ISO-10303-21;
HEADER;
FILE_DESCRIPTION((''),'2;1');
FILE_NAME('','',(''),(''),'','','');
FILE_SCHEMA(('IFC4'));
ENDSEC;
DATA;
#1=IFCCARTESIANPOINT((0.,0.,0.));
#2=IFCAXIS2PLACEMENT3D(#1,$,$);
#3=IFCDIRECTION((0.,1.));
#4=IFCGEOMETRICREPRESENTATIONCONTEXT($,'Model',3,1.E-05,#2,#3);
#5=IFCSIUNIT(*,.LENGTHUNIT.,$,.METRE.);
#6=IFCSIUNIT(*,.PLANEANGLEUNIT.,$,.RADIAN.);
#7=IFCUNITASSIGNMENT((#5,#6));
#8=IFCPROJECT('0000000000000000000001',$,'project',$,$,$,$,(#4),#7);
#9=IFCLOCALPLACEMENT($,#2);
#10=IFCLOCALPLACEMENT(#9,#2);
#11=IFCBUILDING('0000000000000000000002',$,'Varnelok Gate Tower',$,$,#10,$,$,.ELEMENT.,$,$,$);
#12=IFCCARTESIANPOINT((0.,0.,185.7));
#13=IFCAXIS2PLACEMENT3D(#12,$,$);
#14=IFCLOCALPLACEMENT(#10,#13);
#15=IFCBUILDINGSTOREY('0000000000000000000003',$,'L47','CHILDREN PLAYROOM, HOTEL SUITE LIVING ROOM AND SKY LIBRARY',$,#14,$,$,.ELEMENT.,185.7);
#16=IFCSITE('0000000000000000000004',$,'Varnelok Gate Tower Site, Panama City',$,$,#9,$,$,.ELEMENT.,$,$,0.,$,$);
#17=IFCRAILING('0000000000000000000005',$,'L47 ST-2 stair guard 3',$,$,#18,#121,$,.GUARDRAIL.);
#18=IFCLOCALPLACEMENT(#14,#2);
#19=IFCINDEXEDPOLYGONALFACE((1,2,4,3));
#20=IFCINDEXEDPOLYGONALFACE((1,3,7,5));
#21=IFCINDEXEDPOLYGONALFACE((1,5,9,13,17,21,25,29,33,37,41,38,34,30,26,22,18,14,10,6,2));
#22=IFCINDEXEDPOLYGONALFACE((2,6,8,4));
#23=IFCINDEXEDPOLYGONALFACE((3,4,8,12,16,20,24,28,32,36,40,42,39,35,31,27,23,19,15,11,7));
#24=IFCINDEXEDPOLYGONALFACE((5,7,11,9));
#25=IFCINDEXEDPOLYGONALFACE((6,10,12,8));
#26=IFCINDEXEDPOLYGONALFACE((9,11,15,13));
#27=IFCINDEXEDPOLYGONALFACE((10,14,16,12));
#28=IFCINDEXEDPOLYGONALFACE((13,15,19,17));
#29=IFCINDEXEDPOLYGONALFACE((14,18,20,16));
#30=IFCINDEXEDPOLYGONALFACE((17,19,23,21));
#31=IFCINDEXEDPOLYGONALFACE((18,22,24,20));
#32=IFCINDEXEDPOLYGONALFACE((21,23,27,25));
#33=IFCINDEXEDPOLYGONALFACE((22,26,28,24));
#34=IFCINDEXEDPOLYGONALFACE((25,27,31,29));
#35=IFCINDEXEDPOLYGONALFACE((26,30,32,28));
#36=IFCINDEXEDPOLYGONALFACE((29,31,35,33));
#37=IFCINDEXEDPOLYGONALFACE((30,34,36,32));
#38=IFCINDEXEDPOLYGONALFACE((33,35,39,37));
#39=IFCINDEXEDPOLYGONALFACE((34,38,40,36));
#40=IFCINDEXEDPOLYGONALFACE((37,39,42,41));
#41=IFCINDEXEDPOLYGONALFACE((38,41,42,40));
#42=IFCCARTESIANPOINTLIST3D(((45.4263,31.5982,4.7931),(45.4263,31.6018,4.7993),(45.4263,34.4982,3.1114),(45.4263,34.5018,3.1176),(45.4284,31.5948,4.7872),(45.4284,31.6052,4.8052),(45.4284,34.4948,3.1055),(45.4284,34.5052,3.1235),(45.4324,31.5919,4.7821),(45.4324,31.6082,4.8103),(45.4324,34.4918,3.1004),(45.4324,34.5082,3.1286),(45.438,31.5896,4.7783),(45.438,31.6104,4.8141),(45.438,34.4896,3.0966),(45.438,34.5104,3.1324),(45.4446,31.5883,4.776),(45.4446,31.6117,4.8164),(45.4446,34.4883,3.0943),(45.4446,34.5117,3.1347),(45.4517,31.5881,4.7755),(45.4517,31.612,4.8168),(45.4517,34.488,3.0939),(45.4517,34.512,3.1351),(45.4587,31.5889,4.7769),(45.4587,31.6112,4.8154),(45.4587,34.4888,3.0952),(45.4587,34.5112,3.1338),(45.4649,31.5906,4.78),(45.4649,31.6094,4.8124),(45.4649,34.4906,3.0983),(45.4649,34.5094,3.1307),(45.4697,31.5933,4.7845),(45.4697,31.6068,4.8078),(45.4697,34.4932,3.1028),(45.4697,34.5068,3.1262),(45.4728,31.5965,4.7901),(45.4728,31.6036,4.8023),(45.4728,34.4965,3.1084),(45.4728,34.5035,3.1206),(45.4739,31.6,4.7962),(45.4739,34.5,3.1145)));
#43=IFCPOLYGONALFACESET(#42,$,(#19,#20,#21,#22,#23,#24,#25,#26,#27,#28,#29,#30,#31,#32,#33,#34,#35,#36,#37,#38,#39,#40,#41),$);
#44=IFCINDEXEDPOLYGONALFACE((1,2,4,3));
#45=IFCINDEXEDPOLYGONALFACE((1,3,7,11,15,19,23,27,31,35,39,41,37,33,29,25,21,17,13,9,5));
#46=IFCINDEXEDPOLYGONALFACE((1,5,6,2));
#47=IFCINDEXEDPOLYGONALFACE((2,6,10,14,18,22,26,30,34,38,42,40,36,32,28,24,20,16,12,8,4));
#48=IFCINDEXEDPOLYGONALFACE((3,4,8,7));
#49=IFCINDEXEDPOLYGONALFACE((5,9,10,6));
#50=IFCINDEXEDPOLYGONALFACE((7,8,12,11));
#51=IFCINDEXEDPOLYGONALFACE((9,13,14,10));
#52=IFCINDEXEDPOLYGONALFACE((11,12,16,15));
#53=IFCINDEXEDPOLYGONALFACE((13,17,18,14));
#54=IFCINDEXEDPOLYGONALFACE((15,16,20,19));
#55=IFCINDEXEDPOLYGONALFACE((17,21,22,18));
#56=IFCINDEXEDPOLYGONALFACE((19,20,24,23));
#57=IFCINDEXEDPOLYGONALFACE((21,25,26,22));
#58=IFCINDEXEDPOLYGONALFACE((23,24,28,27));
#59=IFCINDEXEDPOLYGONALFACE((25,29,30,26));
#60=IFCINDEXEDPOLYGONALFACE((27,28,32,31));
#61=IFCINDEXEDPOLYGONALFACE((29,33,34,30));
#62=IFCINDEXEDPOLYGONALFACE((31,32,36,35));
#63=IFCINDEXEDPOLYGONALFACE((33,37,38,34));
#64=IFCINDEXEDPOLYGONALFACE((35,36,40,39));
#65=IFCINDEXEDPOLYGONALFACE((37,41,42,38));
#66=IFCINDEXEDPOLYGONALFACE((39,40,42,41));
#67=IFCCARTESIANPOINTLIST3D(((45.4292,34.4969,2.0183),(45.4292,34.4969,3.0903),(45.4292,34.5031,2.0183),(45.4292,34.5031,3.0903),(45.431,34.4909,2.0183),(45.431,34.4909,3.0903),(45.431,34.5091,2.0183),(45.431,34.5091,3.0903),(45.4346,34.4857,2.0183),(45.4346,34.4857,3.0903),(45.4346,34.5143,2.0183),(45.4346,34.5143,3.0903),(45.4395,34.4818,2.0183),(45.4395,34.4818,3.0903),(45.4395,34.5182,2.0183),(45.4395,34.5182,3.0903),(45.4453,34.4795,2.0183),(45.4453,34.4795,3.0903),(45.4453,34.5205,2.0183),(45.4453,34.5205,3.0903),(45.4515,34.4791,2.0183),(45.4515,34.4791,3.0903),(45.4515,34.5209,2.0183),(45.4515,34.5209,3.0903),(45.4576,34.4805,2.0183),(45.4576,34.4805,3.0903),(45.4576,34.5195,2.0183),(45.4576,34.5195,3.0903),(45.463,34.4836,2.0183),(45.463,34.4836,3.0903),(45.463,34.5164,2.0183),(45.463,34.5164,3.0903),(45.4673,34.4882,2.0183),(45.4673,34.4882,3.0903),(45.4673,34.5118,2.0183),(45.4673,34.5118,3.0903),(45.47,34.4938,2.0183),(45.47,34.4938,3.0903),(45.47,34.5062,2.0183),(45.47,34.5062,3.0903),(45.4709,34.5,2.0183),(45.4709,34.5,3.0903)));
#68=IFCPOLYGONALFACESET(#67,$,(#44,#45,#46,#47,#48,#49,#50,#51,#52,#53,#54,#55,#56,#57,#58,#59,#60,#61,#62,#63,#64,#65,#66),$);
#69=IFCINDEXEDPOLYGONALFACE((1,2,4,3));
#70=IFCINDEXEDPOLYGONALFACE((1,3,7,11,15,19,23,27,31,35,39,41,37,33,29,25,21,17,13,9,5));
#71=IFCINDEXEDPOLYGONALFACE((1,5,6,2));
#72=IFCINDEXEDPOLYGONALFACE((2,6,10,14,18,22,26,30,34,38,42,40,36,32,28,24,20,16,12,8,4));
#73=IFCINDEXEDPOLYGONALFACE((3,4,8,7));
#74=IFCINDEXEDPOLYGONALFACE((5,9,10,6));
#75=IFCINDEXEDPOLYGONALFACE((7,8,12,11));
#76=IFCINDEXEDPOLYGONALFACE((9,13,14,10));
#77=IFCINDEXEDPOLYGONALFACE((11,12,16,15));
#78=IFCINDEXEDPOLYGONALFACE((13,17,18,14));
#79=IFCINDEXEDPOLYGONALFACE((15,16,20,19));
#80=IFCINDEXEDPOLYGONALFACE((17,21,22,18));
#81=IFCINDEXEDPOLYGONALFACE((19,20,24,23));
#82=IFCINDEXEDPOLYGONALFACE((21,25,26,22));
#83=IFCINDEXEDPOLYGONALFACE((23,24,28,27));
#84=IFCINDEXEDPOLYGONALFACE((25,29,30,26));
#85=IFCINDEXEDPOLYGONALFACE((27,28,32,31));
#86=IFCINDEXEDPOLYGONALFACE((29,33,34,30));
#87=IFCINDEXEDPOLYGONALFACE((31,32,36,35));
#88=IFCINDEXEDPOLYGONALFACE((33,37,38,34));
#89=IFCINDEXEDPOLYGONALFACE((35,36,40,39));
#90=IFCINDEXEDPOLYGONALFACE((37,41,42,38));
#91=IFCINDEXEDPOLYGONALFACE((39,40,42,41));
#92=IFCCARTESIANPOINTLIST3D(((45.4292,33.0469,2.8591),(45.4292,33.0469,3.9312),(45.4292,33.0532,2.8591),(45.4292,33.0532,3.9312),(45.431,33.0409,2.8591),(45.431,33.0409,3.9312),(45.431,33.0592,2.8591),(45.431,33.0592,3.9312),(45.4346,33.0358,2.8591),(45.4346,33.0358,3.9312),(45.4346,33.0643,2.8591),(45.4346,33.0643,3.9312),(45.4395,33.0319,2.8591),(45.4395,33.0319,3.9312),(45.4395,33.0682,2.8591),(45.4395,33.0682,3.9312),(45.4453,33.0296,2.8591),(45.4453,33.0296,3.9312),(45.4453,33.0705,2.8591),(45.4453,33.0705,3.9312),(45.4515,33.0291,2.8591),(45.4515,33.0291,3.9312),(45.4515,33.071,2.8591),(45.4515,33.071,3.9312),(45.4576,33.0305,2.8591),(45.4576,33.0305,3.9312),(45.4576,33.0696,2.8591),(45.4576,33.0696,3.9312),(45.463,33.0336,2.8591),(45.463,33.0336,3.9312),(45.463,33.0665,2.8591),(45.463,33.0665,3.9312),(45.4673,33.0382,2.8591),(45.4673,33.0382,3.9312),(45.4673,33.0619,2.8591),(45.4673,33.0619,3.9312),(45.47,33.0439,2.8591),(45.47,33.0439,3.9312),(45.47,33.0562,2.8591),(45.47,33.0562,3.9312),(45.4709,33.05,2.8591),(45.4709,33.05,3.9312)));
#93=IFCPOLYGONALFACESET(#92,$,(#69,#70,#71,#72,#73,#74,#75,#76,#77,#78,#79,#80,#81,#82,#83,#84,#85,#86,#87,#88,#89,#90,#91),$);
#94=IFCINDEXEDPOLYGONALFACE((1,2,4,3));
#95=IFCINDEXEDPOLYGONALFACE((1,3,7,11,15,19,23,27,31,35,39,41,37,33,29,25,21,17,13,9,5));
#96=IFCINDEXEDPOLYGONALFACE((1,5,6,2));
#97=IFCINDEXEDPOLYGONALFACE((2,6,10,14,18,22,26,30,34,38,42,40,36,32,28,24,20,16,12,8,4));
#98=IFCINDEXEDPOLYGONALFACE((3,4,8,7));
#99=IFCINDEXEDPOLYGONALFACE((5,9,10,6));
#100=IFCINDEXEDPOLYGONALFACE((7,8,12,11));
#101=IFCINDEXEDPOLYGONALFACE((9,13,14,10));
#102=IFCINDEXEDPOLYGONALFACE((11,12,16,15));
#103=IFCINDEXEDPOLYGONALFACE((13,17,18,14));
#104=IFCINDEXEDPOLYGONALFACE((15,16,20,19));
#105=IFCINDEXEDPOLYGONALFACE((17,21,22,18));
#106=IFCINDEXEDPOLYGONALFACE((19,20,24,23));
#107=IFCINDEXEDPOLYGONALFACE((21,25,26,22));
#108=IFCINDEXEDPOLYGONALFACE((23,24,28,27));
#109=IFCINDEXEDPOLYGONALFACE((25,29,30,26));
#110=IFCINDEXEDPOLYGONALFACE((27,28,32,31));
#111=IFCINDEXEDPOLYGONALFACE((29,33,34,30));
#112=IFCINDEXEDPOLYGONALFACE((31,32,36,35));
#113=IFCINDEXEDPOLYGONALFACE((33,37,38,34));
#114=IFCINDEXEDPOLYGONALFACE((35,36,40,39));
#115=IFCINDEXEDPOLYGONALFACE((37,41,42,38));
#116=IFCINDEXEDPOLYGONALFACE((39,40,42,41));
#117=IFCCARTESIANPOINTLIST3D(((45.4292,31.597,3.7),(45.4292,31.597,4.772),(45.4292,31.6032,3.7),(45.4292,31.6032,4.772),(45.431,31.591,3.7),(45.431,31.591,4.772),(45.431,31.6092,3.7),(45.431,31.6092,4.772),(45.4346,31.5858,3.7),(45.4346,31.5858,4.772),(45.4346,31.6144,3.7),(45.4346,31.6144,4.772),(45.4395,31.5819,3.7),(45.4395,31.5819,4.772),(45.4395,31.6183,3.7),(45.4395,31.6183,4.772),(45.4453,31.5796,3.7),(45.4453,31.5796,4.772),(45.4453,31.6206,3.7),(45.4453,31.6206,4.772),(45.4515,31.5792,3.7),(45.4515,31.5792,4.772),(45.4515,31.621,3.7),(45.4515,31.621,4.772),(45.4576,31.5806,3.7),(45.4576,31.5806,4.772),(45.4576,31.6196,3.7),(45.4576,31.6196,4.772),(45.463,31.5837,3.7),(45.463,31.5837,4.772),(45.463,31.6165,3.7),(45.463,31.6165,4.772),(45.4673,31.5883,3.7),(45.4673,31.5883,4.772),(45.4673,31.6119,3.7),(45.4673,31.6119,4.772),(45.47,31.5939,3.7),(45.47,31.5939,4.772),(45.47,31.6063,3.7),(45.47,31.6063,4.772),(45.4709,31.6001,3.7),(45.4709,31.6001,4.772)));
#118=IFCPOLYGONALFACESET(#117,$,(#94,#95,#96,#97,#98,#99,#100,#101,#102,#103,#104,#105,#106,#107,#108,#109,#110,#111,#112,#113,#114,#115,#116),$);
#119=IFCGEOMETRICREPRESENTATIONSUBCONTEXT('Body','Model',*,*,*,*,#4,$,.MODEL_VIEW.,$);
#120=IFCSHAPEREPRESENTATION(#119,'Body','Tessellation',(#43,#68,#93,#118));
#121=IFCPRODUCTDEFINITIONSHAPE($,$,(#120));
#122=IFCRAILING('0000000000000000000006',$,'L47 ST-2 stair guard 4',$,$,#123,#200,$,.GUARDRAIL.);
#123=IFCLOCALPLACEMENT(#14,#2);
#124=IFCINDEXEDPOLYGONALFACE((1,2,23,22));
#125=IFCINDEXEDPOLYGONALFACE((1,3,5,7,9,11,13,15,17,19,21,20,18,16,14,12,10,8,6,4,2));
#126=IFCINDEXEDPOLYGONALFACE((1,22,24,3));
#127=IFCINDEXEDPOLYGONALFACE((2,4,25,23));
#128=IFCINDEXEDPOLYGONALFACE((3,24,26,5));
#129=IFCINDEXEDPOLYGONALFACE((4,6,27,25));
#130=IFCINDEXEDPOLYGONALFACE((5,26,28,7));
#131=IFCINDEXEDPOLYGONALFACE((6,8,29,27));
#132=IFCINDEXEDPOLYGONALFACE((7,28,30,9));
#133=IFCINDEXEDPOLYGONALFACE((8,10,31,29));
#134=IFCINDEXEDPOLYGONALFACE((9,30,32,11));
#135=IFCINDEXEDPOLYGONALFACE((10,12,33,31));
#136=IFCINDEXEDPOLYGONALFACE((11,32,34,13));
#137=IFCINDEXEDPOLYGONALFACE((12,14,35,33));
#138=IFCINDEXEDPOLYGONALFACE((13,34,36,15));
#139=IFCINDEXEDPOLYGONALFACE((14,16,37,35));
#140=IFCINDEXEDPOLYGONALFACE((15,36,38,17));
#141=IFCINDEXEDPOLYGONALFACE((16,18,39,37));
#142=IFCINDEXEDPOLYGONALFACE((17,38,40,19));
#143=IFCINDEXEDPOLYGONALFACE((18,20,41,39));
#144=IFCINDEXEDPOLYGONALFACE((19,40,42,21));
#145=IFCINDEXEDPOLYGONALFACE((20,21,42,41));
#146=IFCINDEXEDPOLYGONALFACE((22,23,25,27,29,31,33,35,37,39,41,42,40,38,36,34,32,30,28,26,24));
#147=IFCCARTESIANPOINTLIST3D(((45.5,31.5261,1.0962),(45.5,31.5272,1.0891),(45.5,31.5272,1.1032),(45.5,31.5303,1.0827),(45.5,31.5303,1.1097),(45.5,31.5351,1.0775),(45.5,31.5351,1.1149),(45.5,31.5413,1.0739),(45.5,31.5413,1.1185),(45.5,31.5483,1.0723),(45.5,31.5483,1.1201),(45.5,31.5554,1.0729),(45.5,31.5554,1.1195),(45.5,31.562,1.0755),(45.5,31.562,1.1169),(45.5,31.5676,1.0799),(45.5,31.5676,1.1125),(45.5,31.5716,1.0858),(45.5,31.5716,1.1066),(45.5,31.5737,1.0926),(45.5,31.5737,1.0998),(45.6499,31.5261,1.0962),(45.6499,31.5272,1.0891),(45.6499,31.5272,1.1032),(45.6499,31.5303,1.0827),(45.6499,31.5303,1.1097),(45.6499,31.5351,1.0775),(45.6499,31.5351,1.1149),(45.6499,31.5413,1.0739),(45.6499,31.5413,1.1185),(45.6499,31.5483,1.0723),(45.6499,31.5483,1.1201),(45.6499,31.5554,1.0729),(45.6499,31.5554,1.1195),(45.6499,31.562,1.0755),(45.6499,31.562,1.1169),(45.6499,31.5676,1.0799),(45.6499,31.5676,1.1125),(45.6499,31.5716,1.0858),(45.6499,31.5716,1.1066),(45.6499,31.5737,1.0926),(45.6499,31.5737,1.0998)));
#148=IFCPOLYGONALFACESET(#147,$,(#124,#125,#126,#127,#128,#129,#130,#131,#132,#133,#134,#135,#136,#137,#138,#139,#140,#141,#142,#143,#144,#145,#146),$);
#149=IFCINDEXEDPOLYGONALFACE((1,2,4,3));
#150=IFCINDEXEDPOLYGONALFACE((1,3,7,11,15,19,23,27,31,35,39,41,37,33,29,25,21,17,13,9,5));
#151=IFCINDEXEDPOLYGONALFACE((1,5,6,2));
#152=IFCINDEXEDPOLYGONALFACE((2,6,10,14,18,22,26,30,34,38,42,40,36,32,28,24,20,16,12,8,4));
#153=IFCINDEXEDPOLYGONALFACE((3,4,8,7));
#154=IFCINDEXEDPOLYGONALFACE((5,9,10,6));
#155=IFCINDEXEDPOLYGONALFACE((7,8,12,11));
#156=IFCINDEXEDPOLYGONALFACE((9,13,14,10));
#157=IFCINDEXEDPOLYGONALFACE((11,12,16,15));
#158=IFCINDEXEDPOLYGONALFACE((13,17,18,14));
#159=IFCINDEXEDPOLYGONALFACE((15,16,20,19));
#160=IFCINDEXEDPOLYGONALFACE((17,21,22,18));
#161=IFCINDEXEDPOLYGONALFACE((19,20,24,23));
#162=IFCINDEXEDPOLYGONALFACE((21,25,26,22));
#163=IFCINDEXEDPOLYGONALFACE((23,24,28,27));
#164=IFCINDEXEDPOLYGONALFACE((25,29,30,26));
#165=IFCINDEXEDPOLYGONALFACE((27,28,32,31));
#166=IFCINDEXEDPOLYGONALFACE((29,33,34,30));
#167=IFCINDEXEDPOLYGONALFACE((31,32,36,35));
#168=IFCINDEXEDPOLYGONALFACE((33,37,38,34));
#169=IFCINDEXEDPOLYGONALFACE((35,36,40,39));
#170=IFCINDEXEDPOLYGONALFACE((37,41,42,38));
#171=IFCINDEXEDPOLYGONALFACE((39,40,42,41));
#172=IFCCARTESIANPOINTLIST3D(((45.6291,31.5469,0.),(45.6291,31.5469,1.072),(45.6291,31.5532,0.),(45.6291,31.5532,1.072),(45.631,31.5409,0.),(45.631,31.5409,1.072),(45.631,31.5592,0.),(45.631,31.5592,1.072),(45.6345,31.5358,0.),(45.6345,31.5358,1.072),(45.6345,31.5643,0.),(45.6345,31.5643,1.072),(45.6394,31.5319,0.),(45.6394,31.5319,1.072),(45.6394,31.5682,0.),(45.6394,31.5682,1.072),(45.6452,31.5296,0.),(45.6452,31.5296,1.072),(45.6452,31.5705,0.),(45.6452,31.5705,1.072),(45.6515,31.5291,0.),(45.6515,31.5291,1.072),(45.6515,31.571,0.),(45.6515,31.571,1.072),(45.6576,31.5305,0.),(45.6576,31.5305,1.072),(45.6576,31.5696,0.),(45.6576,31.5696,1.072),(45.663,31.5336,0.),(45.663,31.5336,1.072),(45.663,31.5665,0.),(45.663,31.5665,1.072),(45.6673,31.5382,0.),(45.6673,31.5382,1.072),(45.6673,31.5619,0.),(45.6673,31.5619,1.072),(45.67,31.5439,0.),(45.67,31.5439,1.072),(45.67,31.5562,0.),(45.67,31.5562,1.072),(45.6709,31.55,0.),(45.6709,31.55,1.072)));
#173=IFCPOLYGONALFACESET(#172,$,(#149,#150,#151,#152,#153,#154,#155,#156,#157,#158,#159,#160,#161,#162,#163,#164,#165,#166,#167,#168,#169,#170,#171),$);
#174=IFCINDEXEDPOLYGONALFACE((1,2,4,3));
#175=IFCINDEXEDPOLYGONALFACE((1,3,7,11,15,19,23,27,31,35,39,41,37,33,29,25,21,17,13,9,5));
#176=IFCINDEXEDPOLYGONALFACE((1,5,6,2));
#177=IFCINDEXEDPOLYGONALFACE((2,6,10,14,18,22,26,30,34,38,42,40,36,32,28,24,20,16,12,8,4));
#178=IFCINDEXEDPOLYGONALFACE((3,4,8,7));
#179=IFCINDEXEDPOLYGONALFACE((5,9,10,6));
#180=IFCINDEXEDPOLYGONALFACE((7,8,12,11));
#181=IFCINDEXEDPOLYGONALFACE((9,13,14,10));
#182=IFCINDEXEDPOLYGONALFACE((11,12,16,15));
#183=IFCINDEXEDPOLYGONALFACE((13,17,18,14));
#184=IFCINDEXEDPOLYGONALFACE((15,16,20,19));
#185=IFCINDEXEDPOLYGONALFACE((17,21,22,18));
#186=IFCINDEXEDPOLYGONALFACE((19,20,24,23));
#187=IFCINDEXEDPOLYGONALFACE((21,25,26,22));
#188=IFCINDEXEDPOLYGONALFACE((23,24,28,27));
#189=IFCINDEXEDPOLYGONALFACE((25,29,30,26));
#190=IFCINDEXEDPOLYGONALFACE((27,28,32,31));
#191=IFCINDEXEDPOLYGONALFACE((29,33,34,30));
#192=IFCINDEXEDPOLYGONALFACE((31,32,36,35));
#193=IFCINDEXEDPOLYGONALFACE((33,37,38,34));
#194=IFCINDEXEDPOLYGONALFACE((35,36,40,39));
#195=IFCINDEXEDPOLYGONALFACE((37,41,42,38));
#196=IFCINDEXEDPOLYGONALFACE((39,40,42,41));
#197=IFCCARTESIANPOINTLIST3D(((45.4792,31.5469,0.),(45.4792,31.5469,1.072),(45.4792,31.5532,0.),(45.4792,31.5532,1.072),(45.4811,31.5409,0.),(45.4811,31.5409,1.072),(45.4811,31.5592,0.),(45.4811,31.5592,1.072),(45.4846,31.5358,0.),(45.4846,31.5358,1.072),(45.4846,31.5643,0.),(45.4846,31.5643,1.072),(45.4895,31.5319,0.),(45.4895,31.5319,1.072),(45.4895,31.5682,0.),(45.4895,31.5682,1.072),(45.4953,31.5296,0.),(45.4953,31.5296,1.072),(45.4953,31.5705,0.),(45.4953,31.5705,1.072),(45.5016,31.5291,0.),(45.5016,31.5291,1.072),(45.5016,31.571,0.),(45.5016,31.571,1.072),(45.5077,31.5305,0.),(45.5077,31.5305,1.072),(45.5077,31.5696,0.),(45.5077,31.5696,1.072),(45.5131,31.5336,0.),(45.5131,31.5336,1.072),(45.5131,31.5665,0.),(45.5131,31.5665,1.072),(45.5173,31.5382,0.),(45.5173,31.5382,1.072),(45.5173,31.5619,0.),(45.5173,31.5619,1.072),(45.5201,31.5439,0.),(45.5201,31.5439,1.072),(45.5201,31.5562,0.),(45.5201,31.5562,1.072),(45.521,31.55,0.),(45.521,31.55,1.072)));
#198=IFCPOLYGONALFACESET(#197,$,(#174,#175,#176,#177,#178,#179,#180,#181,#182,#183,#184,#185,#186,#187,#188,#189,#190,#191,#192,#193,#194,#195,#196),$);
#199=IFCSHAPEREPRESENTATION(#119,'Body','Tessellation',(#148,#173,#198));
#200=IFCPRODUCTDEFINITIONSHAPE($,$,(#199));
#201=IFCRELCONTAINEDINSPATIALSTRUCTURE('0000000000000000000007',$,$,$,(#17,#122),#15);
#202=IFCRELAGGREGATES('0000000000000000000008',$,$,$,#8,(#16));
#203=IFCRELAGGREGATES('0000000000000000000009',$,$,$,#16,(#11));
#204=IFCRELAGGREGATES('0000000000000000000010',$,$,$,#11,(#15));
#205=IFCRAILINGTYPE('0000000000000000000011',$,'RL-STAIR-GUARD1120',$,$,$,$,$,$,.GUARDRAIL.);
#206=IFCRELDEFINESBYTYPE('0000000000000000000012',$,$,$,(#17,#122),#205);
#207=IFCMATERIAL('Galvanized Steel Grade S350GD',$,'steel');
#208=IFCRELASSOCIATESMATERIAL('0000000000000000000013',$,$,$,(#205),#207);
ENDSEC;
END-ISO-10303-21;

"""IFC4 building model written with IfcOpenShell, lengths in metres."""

from ifc_helpers import new_model, si_unit, direction, frame, origin, origin_2d, place, context, subcontext, project, spatial, circle, extrude, material, type_object, element, save


model = new_model("IFC4")

# Units and contexts
model_context = context("Model", 3, precision=1e-05, world=origin(), true_north=direction((0.0, 1.0)))
body_context = subcontext(model_context, "Body", "Model", "MODEL_VIEW")
ifc_project = project(units=[si_unit("LENGTHUNIT", "METRE"), si_unit("PLANEANGLEUNIT", "RADIAN")], contexts=[model_context])

# Site, building, storey
site_placement = place(None, origin())
site = spatial("IfcSite", under=ifc_project, at=site_placement, Name="Varnelok Gate Tower Site, Panama City", CompositionType="ELEMENT", RefElevation=0.0)
building_placement = place(site_placement, origin())
building = spatial("IfcBuilding", under=site, at=building_placement, Name="Varnelok Gate Tower", CompositionType="ELEMENT")
storey_placement = place(building_placement, frame((0.0, 0.0, 185.7)))
storey = spatial("IfcBuildingStorey", under=building, at=storey_placement, Name="L47", Description="CHILDREN PLAYROOM, HOTEL SUITE LIVING ROOM AND SKY LIBRARY", CompositionType="ELEMENT", Elevation=185.7)

# Shared definitions
ifc_material_1 = material(Name="Galvanized Steel Grade S350GD", Category="steel")

# Railings
railing_type_1 = type_object("IfcRailingType", Name="RL-STAIR-GUARD1120", PredefinedType="GUARDRAIL", material=ifc_material_1)
railing_1_placement = place(storey_placement, frame((45.45, 34.5, 2.0183)))
element("IfcRailing", 1, at=railing_1_placement, inside=storey, type_object=railing_type_1, Name="L47 ST-2 stair guard 3", PredefinedType="GUARDRAIL", context=body_context, shape_type="SweptSolid", body=[
    extrude(circle(Radius=0.0239, at=origin_2d()), frame((0.0, 0.0, 1.0962), z_axis=(0.0, -0.86507, 0.501651), x_axis=(1.0, 0.0, 0.0)), (0.0, 0.0, 1.0), 3.3523),
    extrude(circle(Radius=0.021, at=origin_2d()), origin(), (0.0, 0.0, 1.0), 1.072),
    extrude(circle(Radius=0.021, at=origin_2d()), frame((0.0, -1.45, 0.8408)), (0.0, 0.0, 1.0), 1.072),
    extrude(circle(Radius=0.021, at=origin_2d()), frame((0.0, -2.8999, 1.6816)), (0.0, 0.0, 1.0), 1.072),
])
railing_2_placement = place(storey_placement, frame((45.6499, 31.55, 0.0)))
element("IfcRailing", 2, at=railing_2_placement, inside=storey, type_object=railing_type_1, Name="L47 ST-2 stair guard 4", PredefinedType="GUARDRAIL", context=body_context, shape_type="SweptSolid", body=[
    extrude(circle(Radius=0.0239, at=origin_2d()), frame((0.0, 0.0, 1.0962), z_axis=(-1.0, 0.0, 0.0), x_axis=(0.0, -1.0, 0.0)), (0.0, 0.0, 1.0), 0.1499),
    extrude(circle(Radius=0.021, at=origin_2d()), origin(), (0.0, 0.0, 1.0), 1.072),
    extrude(circle(Radius=0.021, at=origin_2d()), frame((-0.1499, 0.0, 0.0)), (0.0, 0.0, 1.0), 1.072),
])

save(model, "model.ifc")
